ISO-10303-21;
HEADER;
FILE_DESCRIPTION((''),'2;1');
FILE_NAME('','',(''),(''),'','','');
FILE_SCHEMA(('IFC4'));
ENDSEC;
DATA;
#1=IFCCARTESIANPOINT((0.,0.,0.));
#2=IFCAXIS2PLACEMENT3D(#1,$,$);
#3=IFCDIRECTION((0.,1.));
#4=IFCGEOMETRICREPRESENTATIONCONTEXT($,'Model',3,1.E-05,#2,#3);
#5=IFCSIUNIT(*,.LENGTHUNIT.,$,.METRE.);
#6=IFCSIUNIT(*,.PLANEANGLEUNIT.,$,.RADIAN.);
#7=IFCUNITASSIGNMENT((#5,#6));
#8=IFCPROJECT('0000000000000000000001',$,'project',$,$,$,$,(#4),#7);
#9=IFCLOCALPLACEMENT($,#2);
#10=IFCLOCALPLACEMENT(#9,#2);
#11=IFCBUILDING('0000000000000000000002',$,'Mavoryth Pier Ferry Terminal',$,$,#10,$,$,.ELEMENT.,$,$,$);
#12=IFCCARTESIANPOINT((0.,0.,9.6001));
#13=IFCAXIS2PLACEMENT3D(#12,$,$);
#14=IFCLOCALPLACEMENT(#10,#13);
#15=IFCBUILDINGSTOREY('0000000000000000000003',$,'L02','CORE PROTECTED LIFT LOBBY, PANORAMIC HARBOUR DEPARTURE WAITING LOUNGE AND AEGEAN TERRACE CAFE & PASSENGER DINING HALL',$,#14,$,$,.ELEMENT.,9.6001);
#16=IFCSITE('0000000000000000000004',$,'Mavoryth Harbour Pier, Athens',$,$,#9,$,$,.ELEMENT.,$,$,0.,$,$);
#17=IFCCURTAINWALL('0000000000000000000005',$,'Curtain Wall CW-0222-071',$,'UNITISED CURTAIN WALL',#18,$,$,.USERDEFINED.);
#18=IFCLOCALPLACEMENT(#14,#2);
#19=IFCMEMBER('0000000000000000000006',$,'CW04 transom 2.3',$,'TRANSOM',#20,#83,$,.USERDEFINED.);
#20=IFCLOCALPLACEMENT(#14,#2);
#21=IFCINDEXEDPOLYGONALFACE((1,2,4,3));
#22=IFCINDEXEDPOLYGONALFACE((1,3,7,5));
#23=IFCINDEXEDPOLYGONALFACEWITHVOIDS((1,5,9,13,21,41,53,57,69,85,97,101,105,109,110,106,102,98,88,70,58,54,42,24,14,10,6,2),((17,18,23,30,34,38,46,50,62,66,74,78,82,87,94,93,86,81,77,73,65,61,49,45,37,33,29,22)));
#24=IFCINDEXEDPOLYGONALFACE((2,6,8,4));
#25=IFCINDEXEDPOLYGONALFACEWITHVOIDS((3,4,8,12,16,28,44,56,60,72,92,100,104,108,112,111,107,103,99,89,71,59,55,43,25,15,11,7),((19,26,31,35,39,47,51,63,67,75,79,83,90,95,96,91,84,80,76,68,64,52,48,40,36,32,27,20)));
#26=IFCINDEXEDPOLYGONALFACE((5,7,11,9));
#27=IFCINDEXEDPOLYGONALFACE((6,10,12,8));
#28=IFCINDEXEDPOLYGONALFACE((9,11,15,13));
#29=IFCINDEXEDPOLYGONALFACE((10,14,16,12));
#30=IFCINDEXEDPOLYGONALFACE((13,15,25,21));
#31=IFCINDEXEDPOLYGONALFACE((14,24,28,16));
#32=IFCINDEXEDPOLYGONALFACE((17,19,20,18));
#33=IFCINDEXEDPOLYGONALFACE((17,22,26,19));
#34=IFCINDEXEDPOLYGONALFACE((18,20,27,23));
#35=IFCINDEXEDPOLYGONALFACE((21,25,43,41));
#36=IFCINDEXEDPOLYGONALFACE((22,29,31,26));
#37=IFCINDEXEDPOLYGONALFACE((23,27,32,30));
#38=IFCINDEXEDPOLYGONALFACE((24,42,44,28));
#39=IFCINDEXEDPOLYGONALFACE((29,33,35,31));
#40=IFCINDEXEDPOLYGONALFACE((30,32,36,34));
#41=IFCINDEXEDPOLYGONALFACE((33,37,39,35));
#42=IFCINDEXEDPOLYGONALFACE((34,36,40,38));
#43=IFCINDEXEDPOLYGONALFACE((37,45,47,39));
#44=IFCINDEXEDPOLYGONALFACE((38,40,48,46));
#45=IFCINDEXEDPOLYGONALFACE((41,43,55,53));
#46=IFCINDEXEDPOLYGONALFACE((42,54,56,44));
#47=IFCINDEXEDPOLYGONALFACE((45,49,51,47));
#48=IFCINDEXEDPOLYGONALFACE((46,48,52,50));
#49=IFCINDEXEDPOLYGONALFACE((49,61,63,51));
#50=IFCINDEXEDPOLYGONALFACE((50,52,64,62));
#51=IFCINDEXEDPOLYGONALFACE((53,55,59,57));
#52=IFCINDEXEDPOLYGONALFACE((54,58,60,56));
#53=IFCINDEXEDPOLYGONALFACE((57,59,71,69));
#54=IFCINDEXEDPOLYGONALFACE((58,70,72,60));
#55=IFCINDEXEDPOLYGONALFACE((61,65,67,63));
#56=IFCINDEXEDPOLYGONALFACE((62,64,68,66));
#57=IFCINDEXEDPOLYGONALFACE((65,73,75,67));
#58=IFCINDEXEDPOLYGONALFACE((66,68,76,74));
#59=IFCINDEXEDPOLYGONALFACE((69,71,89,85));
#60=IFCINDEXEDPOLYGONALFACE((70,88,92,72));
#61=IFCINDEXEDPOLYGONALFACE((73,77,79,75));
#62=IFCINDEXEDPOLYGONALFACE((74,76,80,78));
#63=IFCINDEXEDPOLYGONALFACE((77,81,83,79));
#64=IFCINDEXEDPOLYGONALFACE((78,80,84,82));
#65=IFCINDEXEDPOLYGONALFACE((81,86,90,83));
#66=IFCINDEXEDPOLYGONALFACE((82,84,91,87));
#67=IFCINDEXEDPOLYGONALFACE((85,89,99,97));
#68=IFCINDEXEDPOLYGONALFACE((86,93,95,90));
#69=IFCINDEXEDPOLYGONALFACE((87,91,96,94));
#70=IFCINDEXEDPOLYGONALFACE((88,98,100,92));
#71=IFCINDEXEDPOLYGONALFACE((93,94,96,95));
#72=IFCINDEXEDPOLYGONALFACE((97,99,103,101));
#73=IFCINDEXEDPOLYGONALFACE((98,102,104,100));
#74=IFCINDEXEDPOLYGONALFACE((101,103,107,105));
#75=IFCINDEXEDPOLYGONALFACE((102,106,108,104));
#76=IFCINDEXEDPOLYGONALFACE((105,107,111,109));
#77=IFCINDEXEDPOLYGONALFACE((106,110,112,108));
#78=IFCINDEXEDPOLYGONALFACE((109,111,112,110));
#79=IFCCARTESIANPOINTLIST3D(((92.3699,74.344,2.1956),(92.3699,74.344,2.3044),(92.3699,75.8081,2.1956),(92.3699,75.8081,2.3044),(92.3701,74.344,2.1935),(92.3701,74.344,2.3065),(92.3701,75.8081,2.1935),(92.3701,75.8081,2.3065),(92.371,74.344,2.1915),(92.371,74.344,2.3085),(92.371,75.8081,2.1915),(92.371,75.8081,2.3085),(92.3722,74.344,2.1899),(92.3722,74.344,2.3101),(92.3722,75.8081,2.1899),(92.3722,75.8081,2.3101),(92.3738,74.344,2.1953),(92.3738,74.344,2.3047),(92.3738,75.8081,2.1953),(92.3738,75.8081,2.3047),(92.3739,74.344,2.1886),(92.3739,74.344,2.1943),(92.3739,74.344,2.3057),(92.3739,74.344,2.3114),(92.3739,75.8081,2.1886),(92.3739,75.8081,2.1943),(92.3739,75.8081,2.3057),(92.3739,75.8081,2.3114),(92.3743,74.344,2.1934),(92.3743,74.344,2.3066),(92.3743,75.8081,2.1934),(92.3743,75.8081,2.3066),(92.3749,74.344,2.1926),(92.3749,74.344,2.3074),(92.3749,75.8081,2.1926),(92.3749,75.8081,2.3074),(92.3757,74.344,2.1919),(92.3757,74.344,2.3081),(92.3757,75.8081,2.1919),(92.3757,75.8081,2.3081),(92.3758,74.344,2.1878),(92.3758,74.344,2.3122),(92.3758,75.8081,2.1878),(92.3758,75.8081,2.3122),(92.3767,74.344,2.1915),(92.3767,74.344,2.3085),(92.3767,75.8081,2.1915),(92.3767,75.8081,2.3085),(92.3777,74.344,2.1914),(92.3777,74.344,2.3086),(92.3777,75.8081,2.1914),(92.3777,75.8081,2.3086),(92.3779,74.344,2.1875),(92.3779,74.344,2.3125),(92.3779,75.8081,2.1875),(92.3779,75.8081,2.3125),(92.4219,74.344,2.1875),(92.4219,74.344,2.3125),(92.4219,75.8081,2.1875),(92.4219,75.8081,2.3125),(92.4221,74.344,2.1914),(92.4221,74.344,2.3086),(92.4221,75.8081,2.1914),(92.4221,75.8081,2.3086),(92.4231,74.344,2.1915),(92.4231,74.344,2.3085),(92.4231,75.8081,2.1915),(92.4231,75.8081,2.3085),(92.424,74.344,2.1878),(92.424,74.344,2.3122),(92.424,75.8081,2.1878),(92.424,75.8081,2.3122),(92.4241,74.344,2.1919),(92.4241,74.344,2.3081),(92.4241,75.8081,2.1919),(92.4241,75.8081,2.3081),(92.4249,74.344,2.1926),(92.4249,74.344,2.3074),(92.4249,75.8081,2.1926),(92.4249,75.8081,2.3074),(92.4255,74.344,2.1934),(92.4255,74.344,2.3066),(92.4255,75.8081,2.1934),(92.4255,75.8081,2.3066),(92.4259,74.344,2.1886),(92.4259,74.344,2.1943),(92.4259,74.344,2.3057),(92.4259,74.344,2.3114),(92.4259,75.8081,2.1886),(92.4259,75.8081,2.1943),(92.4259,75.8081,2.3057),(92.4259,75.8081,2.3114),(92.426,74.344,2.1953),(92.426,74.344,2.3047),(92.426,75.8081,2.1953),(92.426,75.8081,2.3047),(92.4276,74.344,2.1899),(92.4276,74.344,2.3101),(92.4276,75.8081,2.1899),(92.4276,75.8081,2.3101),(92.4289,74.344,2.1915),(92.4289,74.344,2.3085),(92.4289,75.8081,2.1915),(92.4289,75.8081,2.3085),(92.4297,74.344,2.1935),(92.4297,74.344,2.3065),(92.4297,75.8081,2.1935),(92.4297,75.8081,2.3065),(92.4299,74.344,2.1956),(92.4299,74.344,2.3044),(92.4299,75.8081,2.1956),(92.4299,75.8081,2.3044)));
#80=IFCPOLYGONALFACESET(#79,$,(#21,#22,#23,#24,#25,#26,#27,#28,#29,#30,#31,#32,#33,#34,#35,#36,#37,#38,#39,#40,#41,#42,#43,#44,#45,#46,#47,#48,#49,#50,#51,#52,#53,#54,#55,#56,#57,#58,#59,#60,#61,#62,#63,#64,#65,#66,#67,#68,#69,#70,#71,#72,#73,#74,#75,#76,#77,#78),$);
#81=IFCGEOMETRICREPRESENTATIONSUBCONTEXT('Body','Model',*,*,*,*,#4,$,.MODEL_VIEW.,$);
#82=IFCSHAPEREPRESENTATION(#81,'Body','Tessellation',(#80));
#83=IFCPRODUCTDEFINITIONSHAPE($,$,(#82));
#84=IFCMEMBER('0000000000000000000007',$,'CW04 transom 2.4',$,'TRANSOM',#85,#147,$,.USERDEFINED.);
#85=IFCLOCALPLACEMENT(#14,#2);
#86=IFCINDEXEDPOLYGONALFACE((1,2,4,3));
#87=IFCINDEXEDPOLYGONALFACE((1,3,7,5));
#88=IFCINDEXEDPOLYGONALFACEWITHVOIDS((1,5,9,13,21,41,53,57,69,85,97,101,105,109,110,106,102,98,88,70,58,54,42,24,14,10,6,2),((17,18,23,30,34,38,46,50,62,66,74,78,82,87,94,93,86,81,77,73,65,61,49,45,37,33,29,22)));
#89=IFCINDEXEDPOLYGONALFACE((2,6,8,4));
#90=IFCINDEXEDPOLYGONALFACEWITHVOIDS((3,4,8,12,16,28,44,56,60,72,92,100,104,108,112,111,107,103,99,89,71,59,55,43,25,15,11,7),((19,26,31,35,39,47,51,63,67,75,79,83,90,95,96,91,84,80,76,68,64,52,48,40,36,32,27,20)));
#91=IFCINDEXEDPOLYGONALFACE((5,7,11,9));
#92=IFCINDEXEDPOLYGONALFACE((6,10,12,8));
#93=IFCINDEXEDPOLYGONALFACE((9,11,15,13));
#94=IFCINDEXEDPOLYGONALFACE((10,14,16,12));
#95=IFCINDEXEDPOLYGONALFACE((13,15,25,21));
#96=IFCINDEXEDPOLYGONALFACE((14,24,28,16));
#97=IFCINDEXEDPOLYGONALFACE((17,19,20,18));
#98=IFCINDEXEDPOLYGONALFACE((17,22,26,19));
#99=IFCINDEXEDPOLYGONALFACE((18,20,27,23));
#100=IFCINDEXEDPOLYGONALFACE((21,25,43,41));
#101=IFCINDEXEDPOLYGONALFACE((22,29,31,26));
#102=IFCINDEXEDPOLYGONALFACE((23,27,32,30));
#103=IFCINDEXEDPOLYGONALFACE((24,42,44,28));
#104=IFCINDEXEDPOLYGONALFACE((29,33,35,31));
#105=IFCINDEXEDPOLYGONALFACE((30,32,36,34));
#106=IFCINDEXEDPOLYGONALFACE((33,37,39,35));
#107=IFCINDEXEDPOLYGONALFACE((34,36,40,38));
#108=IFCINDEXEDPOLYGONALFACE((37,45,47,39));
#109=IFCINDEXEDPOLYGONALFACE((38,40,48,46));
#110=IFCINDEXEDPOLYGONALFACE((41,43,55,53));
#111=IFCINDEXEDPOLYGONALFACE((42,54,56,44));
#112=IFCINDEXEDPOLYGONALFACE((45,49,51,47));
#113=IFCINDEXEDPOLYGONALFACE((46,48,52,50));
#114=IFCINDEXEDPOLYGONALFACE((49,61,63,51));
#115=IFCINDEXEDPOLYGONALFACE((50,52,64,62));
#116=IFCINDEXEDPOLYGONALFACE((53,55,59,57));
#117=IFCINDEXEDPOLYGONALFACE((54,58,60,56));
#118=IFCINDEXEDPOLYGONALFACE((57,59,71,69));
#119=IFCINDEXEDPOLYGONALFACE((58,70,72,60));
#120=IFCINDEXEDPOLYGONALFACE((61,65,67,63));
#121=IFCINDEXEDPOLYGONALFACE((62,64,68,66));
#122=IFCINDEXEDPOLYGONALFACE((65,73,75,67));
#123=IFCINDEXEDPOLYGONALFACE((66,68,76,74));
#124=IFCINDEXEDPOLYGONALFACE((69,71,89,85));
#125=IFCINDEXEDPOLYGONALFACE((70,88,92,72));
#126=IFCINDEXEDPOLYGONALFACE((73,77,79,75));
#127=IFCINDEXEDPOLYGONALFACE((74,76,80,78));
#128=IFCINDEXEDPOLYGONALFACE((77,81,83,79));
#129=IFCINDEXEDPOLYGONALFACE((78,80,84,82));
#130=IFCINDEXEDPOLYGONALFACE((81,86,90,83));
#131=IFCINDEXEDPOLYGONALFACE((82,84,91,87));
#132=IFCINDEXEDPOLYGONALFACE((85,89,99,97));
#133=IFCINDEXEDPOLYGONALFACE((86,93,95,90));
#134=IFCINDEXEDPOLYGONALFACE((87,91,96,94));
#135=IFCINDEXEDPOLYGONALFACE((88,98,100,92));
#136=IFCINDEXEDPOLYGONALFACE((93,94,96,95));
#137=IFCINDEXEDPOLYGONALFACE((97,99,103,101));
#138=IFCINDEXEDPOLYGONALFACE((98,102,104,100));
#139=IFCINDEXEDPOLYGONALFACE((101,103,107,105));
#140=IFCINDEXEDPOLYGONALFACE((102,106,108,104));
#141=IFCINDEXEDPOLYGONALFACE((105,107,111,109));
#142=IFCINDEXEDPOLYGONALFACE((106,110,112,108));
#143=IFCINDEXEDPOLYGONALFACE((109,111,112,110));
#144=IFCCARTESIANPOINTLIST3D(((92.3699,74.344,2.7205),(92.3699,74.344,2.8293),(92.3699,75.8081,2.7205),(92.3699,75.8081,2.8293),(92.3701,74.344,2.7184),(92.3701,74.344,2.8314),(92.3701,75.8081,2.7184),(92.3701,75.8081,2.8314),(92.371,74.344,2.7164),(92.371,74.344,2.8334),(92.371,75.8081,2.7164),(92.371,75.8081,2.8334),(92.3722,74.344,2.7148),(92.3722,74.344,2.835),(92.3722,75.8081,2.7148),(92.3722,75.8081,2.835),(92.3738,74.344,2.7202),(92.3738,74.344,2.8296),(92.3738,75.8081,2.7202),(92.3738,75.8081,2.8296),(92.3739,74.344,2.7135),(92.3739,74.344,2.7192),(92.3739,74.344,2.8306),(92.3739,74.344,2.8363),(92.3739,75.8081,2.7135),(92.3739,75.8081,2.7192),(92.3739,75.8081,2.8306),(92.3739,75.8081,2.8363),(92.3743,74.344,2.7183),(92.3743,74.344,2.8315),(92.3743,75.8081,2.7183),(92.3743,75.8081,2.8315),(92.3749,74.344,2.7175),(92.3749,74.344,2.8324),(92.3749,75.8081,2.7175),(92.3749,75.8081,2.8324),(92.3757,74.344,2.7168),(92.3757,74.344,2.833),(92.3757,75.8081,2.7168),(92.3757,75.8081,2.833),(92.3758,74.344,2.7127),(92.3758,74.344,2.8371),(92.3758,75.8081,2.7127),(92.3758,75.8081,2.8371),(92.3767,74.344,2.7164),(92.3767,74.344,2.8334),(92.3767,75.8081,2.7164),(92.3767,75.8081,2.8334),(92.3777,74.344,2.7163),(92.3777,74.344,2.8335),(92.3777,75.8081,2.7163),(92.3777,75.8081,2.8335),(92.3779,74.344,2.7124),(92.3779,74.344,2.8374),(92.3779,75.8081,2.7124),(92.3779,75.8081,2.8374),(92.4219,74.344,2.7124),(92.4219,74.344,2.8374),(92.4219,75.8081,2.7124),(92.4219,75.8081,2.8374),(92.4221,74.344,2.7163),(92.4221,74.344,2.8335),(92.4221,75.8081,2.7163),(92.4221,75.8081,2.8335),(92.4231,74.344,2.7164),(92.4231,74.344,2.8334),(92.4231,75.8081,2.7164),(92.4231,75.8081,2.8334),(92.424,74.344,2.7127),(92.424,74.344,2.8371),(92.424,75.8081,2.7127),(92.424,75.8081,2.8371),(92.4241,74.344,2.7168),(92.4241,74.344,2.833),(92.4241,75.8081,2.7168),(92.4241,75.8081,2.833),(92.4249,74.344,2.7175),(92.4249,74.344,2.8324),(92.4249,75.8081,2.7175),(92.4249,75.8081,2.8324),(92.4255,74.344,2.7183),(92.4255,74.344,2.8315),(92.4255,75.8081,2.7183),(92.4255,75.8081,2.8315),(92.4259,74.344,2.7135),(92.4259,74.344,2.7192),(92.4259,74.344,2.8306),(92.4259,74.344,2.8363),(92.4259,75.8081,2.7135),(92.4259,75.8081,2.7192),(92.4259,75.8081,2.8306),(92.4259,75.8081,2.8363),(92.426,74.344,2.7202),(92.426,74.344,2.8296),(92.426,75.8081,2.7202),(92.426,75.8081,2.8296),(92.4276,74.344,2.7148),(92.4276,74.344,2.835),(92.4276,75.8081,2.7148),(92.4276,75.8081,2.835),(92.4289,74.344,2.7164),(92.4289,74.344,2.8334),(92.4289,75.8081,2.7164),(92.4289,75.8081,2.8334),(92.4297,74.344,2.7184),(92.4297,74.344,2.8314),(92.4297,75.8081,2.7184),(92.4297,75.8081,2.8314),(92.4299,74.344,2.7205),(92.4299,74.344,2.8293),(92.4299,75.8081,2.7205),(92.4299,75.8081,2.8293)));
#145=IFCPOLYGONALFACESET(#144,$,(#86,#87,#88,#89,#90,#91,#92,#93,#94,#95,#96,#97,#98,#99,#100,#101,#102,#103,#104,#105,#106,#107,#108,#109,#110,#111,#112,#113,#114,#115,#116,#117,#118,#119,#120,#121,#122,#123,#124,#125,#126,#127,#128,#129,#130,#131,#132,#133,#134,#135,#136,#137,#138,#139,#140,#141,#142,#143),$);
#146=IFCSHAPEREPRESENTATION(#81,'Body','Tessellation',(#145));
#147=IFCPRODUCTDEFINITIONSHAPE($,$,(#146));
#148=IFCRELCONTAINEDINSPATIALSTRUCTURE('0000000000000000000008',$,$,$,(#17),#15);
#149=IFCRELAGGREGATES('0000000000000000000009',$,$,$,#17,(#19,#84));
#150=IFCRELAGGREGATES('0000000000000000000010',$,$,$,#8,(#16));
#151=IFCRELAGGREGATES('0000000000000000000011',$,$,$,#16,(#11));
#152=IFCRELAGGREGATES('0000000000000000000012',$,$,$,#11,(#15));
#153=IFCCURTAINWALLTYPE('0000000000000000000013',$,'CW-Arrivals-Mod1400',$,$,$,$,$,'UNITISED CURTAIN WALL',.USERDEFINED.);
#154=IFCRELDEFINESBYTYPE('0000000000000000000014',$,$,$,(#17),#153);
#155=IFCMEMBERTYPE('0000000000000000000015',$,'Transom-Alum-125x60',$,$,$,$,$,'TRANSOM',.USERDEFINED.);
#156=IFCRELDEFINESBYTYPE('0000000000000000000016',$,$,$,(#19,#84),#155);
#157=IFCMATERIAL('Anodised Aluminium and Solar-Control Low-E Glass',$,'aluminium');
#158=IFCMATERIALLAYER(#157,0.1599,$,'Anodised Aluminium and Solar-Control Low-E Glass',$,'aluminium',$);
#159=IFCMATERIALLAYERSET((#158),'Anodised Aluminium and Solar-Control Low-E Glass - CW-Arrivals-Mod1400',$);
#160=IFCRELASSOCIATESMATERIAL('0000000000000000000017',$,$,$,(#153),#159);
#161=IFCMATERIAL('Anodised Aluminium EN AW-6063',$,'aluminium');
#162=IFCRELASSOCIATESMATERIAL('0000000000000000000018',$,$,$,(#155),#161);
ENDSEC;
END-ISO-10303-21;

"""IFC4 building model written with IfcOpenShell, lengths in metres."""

from ifc_helpers import new_model, si_unit, direction, frame, origin, origin_2d, place, context, subcontext, project, spatial, hollow_rectangle, extrude, material, layer, layer_set, material_profile, profile_set, type_object, element, aggregate, save


model = new_model("IFC4")

# Units and contexts
model_context = context("Model", 3, precision=1e-05, world=origin(), true_north=direction((0.0, 1.0)))
body_context = subcontext(model_context, "Body", "Model", "MODEL_VIEW")
ifc_project = project(units=[si_unit("LENGTHUNIT", "METRE"), si_unit("PLANEANGLEUNIT", "RADIAN")], contexts=[model_context])

# Site, building, storey
site_placement = place(None, origin())
site = spatial("IfcSite", under=ifc_project, at=site_placement, Name="Mavoryth Harbour Pier, Athens", CompositionType="ELEMENT", RefElevation=0.0)
building_placement = place(site_placement, origin())
building = spatial("IfcBuilding", under=site, at=building_placement, Name="Mavoryth Pier Ferry Terminal", CompositionType="ELEMENT")
storey_placement = place(building_placement, frame((0.0, 0.0, 9.6001)))
storey = spatial("IfcBuildingStorey", under=building, at=storey_placement, Name="L02", Description="CORE PROTECTED LIFT LOBBY, PANORAMIC HARBOUR DEPARTURE WAITING LOUNGE AND AEGEAN TERRACE CAFE & PASSENGER DINING HALL", CompositionType="ELEMENT", Elevation=9.6001)

# Curtain wall
ifc_material_1 = material(Name="Anodised Aluminium and Solar-Control Low-E Glass", Category="aluminium")
ifc_layer_1 = layer(ifc_material_1, 0.1599, Name="Anodised Aluminium and Solar-Control Low-E Glass", Category="aluminium")
ifc_layer_set_1 = layer_set([ifc_layer_1], Name="Anodised Aluminium and Solar-Control Low-E Glass - CW-Arrivals-Mod1400")
curtain_wall_type = type_object("IfcCurtainWallType", Name="CW-Arrivals-Mod1400", ElementType="UNITISED CURTAIN WALL", PredefinedType="USERDEFINED", material=ifc_layer_set_1)
curtain_wall_1_placement = place(storey_placement, origin())
curtain_wall_1 = element("IfcCurtainWall", 1, at=curtain_wall_1_placement, inside=storey, type_object=curtain_wall_type, Name="Curtain Wall CW-0222-071", ObjectType="UNITISED CURTAIN WALL", PredefinedType="USERDEFINED")
ifc_material_2 = material(Name="Anodised Aluminium EN AW-6063", Category="aluminium")

# Members
ifc_material_profile_1 = material_profile(ifc_material_2, hollow_rectangle(XDim=0.0601, YDim=0.125, WallThickness=0.0039, InnerFilletRadius=0.0039, OuterFilletRadius=0.0081, at=origin_2d()), Name="AL-TRAN 125x60x4", Category="aluminium")
ifc_profile_set_1 = profile_set([ifc_material_profile_1], Name="Anodised Aluminium EN AW-6063 - AL-TRAN 125x60x4")
member_type_1 = type_object("IfcMemberType", Name="Transom-Alum-125x60", ElementType="TRANSOM", PredefinedType="USERDEFINED", material=ifc_profile_set_1)
member_1_placement = place(storey_placement, frame((92.3999, 74.344, 2.25), z_axis=(0.0, 1.0, 0.0), x_axis=(-1.0, 0.0, 0.0)))
member_1 = element("IfcMember", 2, at=member_1_placement, type_object=member_type_1, Name="CW04 transom 2.3", ObjectType="TRANSOM", PredefinedType="USERDEFINED", context=body_context, shape_type="SweptSolid", body=[
    extrude(hollow_rectangle(XDim=0.0601, YDim=0.125, WallThickness=0.0039, InnerFilletRadius=0.0039, OuterFilletRadius=0.0081, at=origin_2d()), origin(), (0.0, 0.0, 1.0), 1.4641),
])
member_2_placement = place(storey_placement, frame((92.3999, 74.344, 2.7749), z_axis=(0.0, 1.0, 0.0), x_axis=(-1.0, 0.0, 0.0)))
member_2 = element("IfcMember", 3, at=member_2_placement, type_object=member_type_1, Name="CW04 transom 2.4", ObjectType="TRANSOM", PredefinedType="USERDEFINED", context=body_context, shape_type="SweptSolid", body=[
    extrude(hollow_rectangle(XDim=0.0601, YDim=0.125, WallThickness=0.0039, InnerFilletRadius=0.0039, OuterFilletRadius=0.0081, at=origin_2d()), origin(), (0.0, 0.0, 1.0), 1.4641),
])

aggregate(curtain_wall_1, [member_1, member_2])

save(model, "model.ifc")
